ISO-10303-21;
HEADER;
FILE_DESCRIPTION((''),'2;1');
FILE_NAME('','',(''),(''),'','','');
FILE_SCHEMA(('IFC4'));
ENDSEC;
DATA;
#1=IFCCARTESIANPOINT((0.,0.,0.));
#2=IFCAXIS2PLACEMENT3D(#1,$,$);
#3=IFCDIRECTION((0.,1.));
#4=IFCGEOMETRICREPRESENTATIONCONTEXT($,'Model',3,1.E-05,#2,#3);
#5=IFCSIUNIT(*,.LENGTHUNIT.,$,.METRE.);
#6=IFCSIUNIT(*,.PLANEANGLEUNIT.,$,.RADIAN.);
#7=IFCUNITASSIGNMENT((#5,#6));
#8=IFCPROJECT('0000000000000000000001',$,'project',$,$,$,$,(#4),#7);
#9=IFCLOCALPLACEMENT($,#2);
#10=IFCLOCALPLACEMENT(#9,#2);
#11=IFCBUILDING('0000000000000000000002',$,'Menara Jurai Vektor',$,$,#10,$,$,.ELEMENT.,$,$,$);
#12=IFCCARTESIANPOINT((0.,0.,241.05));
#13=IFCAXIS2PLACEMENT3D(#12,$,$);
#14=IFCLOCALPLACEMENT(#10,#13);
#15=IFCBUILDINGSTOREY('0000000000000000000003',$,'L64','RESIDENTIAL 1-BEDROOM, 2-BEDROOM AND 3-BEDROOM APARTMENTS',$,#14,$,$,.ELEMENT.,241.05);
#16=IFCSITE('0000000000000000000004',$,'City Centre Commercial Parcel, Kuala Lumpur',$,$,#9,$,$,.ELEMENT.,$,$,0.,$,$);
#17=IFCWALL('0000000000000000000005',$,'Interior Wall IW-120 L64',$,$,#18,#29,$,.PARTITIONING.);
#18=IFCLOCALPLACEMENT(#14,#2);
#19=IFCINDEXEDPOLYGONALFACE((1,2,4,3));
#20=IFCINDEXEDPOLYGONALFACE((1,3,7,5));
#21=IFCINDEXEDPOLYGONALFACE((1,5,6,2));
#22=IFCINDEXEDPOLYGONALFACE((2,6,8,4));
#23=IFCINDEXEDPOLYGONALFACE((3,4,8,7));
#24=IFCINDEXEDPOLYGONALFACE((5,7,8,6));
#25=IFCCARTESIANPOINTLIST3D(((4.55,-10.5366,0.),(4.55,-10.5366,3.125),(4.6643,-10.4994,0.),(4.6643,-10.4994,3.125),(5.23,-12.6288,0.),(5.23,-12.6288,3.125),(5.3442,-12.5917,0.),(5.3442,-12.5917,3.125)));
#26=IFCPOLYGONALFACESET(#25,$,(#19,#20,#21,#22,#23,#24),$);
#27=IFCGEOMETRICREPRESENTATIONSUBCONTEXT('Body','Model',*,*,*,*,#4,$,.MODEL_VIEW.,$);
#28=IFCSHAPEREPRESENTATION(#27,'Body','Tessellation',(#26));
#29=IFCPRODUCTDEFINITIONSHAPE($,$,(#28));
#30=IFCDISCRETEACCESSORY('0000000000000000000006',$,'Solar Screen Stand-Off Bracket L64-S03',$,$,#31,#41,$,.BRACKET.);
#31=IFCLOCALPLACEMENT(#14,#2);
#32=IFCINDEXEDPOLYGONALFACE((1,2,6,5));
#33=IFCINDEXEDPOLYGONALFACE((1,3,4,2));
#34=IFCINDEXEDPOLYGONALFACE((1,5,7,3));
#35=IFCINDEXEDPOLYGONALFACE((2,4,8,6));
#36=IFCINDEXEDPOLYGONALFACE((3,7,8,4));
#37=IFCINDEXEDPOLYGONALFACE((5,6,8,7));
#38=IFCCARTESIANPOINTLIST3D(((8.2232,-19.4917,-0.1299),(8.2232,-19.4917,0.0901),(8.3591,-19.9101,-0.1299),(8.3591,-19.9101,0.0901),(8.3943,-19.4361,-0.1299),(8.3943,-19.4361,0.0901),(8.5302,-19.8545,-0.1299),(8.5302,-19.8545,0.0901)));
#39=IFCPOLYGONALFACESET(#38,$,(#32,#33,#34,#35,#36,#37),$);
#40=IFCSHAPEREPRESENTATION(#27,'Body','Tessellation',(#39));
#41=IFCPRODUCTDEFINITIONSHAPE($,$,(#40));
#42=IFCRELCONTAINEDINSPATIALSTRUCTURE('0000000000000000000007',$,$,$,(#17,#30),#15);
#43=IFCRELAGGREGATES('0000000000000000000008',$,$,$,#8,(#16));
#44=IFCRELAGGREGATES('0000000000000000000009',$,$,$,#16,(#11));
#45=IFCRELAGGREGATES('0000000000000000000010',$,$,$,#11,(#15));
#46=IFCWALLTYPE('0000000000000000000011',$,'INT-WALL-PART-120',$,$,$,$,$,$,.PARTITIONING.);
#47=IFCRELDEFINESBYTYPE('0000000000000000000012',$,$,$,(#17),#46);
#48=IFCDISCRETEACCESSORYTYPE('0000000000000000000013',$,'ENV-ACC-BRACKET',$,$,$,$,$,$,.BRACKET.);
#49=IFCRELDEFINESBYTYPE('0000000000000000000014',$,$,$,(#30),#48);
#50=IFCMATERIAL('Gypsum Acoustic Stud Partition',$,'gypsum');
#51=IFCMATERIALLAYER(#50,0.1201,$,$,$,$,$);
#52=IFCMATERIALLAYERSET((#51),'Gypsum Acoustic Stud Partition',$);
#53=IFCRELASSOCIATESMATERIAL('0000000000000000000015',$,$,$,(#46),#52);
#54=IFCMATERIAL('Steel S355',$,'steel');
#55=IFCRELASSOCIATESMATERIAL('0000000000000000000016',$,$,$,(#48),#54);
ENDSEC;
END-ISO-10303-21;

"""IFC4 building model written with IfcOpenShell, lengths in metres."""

from ifc_helpers import new_model, si_unit, direction, frame, frame_2d, origin, origin_2d, place, context, subcontext, project, spatial, rectangle, extrude, material, layer, layer_set, type_object, element, save


model = new_model("IFC4")

# Units and contexts
model_context = context("Model", 3, precision=1e-05, world=origin(), true_north=direction((0.0, 1.0)))
body_context = subcontext(model_context, "Body", "Model", "MODEL_VIEW")
ifc_project = project(units=[si_unit("LENGTHUNIT", "METRE"), si_unit("PLANEANGLEUNIT", "RADIAN")], contexts=[model_context])

# Site, building, storey
site_placement = place(None, origin())
site = spatial("IfcSite", under=ifc_project, at=site_placement, Name="City Centre Commercial Parcel, Kuala Lumpur", CompositionType="ELEMENT", RefElevation=0.0)
building_placement = place(site_placement, origin())
building = spatial("IfcBuilding", under=site, at=building_placement, Name="Menara Jurai Vektor", CompositionType="ELEMENT")
storey_placement = place(building_placement, frame((0.0, 0.0, 241.05)))
storey = spatial("IfcBuildingStorey", under=building, at=storey_placement, Name="L64", Description="RESIDENTIAL 1-BEDROOM, 2-BEDROOM AND 3-BEDROOM APARTMENTS", CompositionType="ELEMENT", Elevation=241.05)

# Shared definitions
ifc_material_1 = material(Name="Steel S355", Category="steel")

# Wall
ifc_material_2 = material(Name="Gypsum Acoustic Stud Partition", Category="gypsum")
ifc_layer_1 = layer(ifc_material_2, 0.1201)
ifc_layer_set_1 = layer_set([ifc_layer_1], Name="Gypsum Acoustic Stud Partition")
wall_type_1 = type_object("IfcWallType", Name="INT-WALL-PART-120", PredefinedType="PARTITIONING", material=ifc_layer_set_1)
wall_1_placement = place(storey_placement, frame((5.2871, -12.6104, 0.0), z_axis=(0.0, 0.0, 1.0), x_axis=(-0.309061, 0.951042, 0.0)))
element("IfcWall", 1, at=wall_1_placement, inside=storey, type_object=wall_type_1, Name="Interior Wall IW-120 L64", PredefinedType="PARTITIONING", context=body_context, shape_type="SweptSolid", body=[
    extrude(rectangle(XDim=2.2, YDim=0.1201, at=frame_2d((1.1001, 0.0))), origin(), (0.0, 0.0, 1.0), 3.125),
])

# Discrete accessory
discrete_accessory_type = type_object("IfcDiscreteAccessoryType", Name="ENV-ACC-BRACKET", PredefinedType="BRACKET", material=ifc_material_1)
discrete_accessory_placement = place(storey_placement, frame((8.3767, -19.6731, -0.1299), z_axis=(0.0, 0.0, 1.0), x_axis=(0.951057, 0.309017, 0.0)))
element("IfcDiscreteAccessory", 2, at=discrete_accessory_placement, inside=storey, type_object=discrete_accessory_type, Name="Solar Screen Stand-Off Bracket L64-S03", PredefinedType="BRACKET", context=body_context, shape_type="SweptSolid", body=[
    extrude(rectangle(XDim=0.1799, YDim=0.4399, at=origin_2d()), origin(), (0.0, 0.0, 1.0), 0.22),
])

save(model, "model.ifc")
